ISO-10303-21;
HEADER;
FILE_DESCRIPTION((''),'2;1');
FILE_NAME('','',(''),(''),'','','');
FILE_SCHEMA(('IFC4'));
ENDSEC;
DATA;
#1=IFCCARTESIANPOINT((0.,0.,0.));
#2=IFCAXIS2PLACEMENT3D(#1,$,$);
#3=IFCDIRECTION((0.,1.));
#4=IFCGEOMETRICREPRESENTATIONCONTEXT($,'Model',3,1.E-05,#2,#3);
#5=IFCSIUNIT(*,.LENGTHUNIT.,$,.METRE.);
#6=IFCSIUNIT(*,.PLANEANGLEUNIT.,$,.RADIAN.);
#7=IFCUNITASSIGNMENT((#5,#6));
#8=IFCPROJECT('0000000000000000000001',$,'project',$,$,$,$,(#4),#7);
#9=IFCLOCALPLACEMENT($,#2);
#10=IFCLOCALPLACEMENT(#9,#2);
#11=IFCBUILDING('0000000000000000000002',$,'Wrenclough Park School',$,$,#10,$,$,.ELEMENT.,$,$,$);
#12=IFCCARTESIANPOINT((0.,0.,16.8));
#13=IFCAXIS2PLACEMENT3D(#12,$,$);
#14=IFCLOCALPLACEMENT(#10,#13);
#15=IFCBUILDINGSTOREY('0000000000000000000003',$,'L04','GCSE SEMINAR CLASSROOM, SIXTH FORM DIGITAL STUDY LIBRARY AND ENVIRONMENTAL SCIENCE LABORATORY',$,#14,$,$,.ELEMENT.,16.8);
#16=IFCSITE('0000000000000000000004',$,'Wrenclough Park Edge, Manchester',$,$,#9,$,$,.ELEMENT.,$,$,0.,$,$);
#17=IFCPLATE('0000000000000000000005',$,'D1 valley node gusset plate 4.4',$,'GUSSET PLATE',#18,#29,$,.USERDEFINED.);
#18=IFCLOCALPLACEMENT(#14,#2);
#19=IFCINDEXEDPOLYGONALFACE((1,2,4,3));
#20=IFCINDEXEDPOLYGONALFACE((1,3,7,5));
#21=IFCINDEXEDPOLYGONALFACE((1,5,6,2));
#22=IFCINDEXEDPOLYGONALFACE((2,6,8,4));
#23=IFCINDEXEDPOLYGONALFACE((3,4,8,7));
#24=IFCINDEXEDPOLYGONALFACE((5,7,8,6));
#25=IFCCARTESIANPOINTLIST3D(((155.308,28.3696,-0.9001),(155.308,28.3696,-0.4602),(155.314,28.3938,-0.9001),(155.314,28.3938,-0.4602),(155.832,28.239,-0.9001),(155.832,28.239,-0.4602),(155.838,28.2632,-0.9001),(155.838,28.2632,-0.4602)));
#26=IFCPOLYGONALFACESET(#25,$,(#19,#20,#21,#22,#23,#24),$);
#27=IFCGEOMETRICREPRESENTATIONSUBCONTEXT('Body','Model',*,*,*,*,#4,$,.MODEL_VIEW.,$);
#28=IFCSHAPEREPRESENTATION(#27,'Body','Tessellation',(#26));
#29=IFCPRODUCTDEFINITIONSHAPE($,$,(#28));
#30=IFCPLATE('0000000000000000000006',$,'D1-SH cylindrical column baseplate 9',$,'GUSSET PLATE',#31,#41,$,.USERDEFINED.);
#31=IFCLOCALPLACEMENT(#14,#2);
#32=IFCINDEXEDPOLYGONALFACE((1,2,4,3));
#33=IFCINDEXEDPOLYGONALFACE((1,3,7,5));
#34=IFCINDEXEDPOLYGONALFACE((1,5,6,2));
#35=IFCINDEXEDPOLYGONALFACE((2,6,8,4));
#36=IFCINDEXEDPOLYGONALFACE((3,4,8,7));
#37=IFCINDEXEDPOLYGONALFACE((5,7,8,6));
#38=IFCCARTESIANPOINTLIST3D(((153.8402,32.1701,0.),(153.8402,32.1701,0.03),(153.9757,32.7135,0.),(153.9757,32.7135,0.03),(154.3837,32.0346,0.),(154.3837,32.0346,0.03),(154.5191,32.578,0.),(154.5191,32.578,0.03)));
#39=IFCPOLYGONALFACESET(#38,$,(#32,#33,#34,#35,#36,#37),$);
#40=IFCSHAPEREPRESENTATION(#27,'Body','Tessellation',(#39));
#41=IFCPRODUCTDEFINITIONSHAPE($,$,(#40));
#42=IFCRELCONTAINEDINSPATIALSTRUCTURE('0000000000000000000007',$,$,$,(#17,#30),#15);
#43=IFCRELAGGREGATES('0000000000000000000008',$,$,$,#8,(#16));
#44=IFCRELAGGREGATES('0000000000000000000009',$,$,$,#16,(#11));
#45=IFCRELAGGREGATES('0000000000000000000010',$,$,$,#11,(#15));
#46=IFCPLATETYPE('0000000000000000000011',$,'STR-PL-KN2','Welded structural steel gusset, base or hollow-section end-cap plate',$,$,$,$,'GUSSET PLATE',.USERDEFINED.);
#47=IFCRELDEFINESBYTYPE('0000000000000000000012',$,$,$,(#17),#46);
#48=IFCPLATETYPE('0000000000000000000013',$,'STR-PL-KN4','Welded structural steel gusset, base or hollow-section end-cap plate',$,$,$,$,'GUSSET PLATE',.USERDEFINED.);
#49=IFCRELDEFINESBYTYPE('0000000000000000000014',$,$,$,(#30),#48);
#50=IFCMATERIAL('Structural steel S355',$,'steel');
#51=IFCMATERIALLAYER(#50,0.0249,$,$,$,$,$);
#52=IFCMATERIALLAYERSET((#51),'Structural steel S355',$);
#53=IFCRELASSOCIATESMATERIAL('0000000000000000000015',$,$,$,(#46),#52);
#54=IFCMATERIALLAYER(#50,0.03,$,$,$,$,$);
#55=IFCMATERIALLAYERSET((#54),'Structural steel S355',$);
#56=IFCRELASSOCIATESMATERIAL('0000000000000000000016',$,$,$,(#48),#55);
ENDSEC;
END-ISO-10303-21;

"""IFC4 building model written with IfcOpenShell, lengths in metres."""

from ifc_helpers import new_model, si_unit, direction, frame, origin, origin_2d, place, context, subcontext, project, spatial, rectangle, extrude, material, layer, layer_set, type_object, element, save


model = new_model("IFC4")

# Units and contexts
model_context = context("Model", 3, precision=1e-05, world=origin(), true_north=direction((0.0, 1.0)))
body_context = subcontext(model_context, "Body", "Model", "MODEL_VIEW")
ifc_project = project(units=[si_unit("LENGTHUNIT", "METRE"), si_unit("PLANEANGLEUNIT", "RADIAN")], contexts=[model_context])

# Site, building, storey
site_placement = place(None, origin())
site = spatial("IfcSite", under=ifc_project, at=site_placement, Name="Wrenclough Park Edge, Manchester", CompositionType="ELEMENT", RefElevation=0.0)
building_placement = place(site_placement, origin())
building = spatial("IfcBuilding", under=site, at=building_placement, Name="Wrenclough Park School", CompositionType="ELEMENT")
storey_placement = place(building_placement, frame((0.0, 0.0, 16.8)))
storey = spatial("IfcBuildingStorey", under=building, at=storey_placement, Name="L04", Description="GCSE SEMINAR CLASSROOM, SIXTH FORM DIGITAL STUDY LIBRARY AND ENVIRONMENTAL SCIENCE LABORATORY", CompositionType="ELEMENT", Elevation=16.8)

# Shared definitions
ifc_material_1 = material(Name="Structural steel S355", Category="steel")

# Plates
ifc_layer_1 = layer(ifc_material_1, 0.0249)
ifc_layer_set_1 = layer_set([ifc_layer_1], Name="Structural steel S355")
plate_type_1 = type_object("IfcPlateType", Name="STR-PL-KN2", Description="Welded structural steel gusset, base or hollow-section end-cap plate", ElementType="GUSSET PLATE", PredefinedType="USERDEFINED", material=ifc_layer_set_1)
plate_1_placement = place(storey_placement, frame((155.573, 28.3164, -0.9001), z_axis=(0.0, 0.0, 1.0), x_axis=(0.970296, -0.241922, 0.0)))
element("IfcPlate", 1, at=plate_1_placement, inside=storey, type_object=plate_type_1, Name="D1 valley node gusset plate 4.4", ObjectType="GUSSET PLATE", PredefinedType="USERDEFINED", context=body_context, shape_type="SweptSolid", body=[
    extrude(rectangle(XDim=0.54, YDim=0.0249, at=origin_2d()), origin(), (0.0, 0.0, 1.0), 0.4399),
])
ifc_layer_2 = layer(ifc_material_1, 0.03)
ifc_layer_set_2 = layer_set([ifc_layer_2], Name="Structural steel S355")
plate_type_2 = type_object("IfcPlateType", Name="STR-PL-KN4", Description="Welded structural steel gusset, base or hollow-section end-cap plate", ElementType="GUSSET PLATE", PredefinedType="USERDEFINED", material=ifc_layer_set_2)
plate_2_placement = place(storey_placement, frame((154.1797, 32.374, 0.0), z_axis=(0.0, 0.0, 1.0), x_axis=(0.970296, -0.241922, 0.0)))
element("IfcPlate", 2, at=plate_2_placement, inside=storey, type_object=plate_type_2, Name="D1-SH cylindrical column baseplate 9", ObjectType="GUSSET PLATE", PredefinedType="USERDEFINED", context=body_context, shape_type="SweptSolid", body=[
    extrude(rectangle(XDim=0.5601, YDim=0.5601, at=origin_2d()), origin(), (0.0, 0.0, 1.0), 0.03),
])

save(model, "model.ifc")
